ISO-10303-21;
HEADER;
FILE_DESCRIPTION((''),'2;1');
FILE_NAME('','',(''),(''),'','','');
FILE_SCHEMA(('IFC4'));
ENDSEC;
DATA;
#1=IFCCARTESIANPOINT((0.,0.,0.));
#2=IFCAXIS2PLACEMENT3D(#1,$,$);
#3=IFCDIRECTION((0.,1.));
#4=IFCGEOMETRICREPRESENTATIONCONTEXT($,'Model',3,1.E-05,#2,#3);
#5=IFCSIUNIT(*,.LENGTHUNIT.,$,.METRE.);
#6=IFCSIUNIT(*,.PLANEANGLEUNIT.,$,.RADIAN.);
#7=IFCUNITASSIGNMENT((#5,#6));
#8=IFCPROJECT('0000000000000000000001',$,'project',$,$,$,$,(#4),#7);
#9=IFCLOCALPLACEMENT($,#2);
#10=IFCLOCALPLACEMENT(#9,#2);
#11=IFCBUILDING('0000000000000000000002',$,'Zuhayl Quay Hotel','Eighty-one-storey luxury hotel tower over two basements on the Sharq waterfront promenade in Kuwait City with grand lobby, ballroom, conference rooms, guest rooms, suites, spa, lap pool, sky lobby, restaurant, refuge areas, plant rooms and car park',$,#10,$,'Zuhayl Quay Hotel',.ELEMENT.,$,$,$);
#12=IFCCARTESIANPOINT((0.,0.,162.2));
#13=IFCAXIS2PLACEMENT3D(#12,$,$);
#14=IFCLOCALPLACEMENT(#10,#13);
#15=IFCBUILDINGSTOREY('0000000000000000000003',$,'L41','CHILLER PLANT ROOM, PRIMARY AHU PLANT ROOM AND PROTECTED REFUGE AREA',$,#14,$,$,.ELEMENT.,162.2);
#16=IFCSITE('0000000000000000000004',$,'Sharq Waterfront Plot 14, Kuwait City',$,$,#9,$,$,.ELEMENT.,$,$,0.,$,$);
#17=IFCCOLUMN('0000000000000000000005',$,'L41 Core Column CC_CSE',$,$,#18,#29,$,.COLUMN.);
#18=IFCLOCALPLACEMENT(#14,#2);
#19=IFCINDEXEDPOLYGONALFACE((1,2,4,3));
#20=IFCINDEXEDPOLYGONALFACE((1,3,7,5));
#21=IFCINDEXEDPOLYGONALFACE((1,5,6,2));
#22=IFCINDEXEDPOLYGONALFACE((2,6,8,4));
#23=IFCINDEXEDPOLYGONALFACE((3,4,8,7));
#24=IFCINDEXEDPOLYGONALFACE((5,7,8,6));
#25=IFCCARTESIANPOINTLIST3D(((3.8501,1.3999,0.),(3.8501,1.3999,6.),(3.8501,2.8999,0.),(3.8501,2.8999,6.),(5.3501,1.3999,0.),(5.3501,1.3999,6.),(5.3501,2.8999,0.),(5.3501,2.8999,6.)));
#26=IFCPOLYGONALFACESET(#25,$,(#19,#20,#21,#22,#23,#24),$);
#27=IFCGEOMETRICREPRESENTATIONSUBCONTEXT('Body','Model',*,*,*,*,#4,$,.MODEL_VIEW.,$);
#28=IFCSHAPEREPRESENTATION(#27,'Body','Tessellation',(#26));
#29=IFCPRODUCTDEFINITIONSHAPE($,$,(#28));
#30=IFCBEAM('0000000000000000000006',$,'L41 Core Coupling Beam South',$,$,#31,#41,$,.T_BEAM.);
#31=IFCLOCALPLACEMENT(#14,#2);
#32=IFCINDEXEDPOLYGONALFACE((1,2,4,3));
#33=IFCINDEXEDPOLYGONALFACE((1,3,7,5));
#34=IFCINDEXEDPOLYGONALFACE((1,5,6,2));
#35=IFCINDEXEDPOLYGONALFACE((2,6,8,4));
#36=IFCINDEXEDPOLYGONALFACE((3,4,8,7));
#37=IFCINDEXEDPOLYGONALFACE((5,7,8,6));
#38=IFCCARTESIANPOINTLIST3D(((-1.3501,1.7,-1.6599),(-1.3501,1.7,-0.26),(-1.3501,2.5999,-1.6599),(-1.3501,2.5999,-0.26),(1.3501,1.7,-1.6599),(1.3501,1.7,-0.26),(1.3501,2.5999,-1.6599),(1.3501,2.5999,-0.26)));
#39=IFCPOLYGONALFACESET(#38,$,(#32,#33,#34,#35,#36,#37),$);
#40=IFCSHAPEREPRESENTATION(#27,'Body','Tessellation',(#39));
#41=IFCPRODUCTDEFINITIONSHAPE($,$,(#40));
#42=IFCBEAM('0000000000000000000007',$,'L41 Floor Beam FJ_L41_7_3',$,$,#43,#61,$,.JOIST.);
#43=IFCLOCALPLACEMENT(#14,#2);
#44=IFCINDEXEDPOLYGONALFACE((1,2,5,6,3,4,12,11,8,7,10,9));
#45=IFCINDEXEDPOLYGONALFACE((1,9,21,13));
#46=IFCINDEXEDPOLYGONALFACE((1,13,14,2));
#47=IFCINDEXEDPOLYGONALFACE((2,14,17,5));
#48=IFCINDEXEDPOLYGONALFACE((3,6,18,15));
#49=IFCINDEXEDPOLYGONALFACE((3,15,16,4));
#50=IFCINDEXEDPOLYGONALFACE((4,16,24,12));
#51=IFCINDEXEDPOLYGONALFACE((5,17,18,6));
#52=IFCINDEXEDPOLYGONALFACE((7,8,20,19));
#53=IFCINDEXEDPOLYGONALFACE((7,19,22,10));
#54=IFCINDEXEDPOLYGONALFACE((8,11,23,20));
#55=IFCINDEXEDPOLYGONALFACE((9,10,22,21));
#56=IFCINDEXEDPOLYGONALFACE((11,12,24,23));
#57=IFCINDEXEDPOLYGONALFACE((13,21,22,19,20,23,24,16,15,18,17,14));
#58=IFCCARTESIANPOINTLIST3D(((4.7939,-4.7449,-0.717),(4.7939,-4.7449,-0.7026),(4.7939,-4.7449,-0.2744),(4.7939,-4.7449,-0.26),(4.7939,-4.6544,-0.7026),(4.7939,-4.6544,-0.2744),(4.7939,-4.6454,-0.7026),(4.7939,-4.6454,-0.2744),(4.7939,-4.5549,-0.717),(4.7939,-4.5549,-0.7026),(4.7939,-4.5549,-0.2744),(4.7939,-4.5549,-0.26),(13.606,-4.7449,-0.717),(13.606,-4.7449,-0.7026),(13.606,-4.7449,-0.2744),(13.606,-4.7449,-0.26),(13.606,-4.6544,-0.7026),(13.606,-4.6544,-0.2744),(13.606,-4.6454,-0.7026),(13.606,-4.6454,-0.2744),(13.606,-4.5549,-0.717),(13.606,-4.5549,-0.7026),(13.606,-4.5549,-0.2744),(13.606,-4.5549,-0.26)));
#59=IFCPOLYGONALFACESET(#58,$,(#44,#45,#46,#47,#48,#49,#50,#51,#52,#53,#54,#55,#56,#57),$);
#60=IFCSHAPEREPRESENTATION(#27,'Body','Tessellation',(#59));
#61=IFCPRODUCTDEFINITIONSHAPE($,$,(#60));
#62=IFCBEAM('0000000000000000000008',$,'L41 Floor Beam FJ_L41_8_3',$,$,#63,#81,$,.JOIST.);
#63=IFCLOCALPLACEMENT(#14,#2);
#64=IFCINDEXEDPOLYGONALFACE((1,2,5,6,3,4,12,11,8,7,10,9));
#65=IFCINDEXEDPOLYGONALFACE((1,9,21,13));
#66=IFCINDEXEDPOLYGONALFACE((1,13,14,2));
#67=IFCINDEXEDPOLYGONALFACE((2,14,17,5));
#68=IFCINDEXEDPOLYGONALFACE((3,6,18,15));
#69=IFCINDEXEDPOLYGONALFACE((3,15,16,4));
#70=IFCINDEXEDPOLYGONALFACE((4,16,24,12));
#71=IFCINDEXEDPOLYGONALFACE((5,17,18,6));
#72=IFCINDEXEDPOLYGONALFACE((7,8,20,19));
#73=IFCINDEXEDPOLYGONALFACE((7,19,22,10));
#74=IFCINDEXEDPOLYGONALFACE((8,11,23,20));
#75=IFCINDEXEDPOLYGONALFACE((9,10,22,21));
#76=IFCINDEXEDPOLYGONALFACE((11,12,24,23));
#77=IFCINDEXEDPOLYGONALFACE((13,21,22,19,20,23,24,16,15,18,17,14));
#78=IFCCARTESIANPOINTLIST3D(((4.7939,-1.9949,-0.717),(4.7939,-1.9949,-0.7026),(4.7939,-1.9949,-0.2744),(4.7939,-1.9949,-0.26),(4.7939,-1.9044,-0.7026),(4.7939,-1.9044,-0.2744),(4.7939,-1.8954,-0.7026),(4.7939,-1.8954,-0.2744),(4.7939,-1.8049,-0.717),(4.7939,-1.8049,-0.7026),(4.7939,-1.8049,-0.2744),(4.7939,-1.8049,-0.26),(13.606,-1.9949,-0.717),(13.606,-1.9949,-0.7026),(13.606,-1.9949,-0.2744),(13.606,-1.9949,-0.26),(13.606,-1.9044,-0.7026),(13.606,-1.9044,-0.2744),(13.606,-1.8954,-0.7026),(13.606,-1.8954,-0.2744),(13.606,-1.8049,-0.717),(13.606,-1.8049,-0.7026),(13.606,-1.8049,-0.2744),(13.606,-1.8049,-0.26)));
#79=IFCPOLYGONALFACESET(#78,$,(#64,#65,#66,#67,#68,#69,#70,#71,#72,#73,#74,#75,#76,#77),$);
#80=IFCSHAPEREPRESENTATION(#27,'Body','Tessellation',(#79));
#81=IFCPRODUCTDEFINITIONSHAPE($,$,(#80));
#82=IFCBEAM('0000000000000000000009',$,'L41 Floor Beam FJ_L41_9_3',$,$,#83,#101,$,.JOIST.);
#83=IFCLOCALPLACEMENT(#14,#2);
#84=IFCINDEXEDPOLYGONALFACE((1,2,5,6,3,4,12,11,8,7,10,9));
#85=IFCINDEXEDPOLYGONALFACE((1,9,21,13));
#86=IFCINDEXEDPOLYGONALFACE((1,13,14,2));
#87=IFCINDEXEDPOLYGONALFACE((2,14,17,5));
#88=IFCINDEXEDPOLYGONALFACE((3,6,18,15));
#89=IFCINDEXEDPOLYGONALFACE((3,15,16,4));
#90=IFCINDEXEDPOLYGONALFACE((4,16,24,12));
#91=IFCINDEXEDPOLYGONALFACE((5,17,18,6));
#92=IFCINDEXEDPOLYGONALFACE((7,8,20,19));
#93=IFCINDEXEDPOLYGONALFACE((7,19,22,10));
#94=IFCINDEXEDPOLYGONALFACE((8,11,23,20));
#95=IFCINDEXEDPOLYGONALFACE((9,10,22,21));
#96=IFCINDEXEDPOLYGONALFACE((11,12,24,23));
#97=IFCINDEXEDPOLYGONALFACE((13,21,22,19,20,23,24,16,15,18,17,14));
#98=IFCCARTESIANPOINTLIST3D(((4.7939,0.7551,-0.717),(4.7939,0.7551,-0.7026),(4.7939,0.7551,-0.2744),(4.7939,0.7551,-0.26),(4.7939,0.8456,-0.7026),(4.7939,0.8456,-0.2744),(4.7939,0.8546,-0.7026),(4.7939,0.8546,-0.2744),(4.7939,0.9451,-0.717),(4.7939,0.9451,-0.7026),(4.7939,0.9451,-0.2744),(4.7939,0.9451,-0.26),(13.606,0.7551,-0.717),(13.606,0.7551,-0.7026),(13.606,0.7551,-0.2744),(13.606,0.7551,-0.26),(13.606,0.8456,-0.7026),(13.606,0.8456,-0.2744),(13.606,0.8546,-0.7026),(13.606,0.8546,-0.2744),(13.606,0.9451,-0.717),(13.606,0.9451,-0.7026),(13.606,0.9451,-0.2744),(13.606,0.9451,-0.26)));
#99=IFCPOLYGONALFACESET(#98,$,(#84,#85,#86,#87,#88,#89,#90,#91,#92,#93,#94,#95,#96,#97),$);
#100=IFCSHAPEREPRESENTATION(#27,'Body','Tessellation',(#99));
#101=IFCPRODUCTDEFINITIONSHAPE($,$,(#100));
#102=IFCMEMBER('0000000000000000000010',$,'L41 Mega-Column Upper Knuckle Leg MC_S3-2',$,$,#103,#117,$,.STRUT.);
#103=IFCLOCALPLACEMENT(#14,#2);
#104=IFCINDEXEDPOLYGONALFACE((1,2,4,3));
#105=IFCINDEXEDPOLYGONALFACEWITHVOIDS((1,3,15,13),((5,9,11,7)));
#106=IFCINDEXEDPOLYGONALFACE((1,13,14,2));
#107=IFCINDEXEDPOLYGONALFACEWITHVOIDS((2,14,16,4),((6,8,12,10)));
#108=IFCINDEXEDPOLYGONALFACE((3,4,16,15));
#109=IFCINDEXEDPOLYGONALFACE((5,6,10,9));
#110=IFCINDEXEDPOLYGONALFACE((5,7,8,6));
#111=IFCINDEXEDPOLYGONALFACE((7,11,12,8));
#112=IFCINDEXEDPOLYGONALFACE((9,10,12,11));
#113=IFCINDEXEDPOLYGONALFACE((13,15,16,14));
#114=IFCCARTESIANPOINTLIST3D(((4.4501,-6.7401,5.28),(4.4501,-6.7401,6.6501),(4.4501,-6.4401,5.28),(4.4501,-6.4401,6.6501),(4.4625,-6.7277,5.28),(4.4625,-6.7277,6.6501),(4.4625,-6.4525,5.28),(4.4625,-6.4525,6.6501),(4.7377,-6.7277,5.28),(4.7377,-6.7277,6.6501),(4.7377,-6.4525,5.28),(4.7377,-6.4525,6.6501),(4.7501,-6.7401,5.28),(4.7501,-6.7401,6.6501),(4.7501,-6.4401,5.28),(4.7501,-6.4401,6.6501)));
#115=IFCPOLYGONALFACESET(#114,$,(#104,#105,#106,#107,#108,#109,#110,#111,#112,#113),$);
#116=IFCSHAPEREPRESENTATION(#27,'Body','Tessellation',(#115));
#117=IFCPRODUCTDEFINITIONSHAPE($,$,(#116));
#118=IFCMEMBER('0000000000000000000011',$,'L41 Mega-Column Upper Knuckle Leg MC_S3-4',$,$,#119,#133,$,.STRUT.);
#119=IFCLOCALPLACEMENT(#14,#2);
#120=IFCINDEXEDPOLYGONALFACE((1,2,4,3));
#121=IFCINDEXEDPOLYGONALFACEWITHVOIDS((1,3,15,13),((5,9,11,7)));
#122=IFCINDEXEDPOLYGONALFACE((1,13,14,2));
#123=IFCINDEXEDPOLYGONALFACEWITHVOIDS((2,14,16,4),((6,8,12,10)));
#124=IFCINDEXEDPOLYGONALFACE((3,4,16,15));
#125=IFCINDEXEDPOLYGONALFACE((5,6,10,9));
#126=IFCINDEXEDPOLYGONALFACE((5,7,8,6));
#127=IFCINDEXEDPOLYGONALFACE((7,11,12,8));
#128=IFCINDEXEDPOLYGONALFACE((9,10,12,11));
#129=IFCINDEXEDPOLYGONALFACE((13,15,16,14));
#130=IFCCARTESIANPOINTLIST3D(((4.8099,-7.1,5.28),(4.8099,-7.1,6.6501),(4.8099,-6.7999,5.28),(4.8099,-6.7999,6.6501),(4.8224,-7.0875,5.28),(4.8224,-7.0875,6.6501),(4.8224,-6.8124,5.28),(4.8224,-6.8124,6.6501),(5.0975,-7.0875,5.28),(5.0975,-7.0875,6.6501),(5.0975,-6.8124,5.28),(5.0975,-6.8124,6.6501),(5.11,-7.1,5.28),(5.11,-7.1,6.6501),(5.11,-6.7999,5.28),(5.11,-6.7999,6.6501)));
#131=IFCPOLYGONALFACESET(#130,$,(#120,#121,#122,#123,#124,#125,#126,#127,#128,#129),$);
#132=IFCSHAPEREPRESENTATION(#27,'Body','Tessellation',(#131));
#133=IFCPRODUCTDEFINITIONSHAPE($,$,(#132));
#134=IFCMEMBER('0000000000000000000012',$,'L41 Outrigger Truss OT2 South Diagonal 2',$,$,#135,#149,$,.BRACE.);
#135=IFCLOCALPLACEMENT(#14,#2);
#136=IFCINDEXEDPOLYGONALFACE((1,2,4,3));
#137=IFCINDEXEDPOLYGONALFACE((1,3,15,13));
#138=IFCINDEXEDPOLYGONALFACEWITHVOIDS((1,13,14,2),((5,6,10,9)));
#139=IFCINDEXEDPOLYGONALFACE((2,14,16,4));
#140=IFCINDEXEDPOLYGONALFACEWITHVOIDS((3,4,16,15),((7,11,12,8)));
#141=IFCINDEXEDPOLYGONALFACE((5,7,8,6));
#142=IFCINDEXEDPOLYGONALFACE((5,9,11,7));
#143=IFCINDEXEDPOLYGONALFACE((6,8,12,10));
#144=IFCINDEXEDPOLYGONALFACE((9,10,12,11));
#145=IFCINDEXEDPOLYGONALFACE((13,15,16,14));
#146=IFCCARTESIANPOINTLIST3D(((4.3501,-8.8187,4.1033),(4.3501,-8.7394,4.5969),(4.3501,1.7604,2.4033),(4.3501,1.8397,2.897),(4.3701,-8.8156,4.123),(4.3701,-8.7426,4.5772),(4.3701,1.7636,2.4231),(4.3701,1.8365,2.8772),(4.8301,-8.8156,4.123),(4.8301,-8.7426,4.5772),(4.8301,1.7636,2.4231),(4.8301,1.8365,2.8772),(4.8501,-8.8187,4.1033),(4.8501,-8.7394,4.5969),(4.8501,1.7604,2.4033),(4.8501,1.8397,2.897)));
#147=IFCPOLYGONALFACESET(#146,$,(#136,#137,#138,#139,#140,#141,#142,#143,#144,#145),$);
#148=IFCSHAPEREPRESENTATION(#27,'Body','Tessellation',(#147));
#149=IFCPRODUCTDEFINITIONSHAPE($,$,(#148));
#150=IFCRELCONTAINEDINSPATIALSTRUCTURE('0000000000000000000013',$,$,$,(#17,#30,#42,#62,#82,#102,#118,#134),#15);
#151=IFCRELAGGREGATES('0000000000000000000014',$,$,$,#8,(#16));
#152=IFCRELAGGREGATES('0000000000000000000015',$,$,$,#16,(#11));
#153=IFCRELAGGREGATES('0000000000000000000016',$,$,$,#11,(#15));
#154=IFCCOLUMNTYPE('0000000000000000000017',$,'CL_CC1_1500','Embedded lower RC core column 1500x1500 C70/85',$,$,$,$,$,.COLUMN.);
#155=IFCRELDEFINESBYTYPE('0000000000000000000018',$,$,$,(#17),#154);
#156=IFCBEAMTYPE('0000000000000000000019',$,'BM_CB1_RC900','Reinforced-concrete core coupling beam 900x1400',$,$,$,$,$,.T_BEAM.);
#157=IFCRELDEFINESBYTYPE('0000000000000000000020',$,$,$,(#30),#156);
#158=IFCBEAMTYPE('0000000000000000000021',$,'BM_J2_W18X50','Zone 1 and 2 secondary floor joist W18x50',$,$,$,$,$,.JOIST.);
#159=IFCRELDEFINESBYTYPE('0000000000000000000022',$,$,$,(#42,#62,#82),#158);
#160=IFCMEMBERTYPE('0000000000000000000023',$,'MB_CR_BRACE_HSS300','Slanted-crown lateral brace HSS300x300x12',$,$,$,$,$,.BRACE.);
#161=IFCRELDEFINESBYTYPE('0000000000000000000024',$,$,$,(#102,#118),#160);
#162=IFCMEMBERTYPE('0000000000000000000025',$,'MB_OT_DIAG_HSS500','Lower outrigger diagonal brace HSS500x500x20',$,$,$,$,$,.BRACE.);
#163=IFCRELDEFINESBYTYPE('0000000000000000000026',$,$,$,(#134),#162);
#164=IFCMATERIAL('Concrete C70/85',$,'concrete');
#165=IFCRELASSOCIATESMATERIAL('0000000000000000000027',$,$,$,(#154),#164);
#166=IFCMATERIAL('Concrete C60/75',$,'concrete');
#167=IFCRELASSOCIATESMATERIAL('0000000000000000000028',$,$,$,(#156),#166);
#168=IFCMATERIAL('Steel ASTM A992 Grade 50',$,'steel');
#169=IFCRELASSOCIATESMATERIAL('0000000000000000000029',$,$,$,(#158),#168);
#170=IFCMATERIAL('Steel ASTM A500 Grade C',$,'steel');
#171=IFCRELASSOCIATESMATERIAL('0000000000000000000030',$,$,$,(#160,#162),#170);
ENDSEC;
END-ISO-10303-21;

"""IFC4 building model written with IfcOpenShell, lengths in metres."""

from ifc_helpers import new_model, si_unit, direction, frame, origin, origin_2d, place, context, subcontext, project, spatial, rectangle, hollow_rectangle, i_section, extrude, material, material_profile, profile_set, type_object, element, save


model = new_model("IFC4")

# Units and contexts
model_context = context("Model", 3, precision=1e-05, world=origin(), true_north=direction((0.0, 1.0)))
body_context = subcontext(model_context, "Body", "Model", "MODEL_VIEW")
ifc_project = project(units=[si_unit("LENGTHUNIT", "METRE"), si_unit("PLANEANGLEUNIT", "RADIAN")], contexts=[model_context])

# Site, building, storey
site_placement = place(None, origin())
site = spatial("IfcSite", under=ifc_project, at=site_placement, Name="Sharq Waterfront Plot 14, Kuwait City", CompositionType="ELEMENT", RefElevation=0.0)
building_placement = place(site_placement, origin())
building = spatial("IfcBuilding", under=site, at=building_placement, Name="Zuhayl Quay Hotel", Description="Eighty-one-storey luxury hotel tower over two basements on the Sharq waterfront promenade in Kuwait City with grand lobby, ballroom, conference rooms, guest rooms, suites, spa, lap pool, sky lobby, restaurant, refuge areas, plant rooms and car park", LongName="Zuhayl Quay Hotel", CompositionType="ELEMENT")
storey_placement = place(building_placement, frame((0.0, 0.0, 162.2)))
storey = spatial("IfcBuildingStorey", under=building, at=storey_placement, Name="L41", Description="CHILLER PLANT ROOM, PRIMARY AHU PLANT ROOM AND PROTECTED REFUGE AREA", CompositionType="ELEMENT", Elevation=162.2)

# Column
ifc_material_1 = material(Name="Concrete C70/85", Category="concrete")
ifc_material_profile_1 = material_profile(ifc_material_1, rectangle(XDim=1.5, YDim=1.5, at=origin_2d()), Name="RC1500X1500")
ifc_profile_set_1 = profile_set([ifc_material_profile_1], Name="Concrete C70/85")
column_type = type_object("IfcColumnType", Name="CL_CC1_1500", Description="Embedded lower RC core column 1500x1500 C70/85", PredefinedType="COLUMN", material=ifc_profile_set_1)
column_placement = place(storey_placement, frame((4.6001, 2.1499, 0.0), z_axis=(0.0, 0.0, 1.0), x_axis=(1.0, 0.0, 0.0)))
element("IfcColumn", 1, at=column_placement, inside=storey, type_object=column_type, Name="L41 Core Column CC_CSE", PredefinedType="COLUMN", context=body_context, shape_type="SweptSolid", body=[
    extrude(rectangle(XDim=1.5, YDim=1.5, at=origin_2d()), origin(), (0.0, 0.0, 1.0), 6.0),
])

# Beams
ifc_material_2 = material(Name="Concrete C60/75", Category="concrete")
ifc_material_profile_2 = material_profile(ifc_material_2, rectangle(XDim=0.8999, YDim=1.3999, at=origin_2d()), Name="RC900X1400")
ifc_profile_set_2 = profile_set([ifc_material_profile_2], Name="Concrete C60/75")
beam_type_1 = type_object("IfcBeamType", Name="BM_CB1_RC900", Description="Reinforced-concrete core coupling beam 900x1400", PredefinedType="T_BEAM", material=ifc_profile_set_2)
beam_placement = place(storey_placement, frame((-1.3501, 2.1499, -0.96), z_axis=(1.0, 0.0, 0.0), x_axis=(0.0, 1.0, 0.0)))
element("IfcBeam", 2, at=beam_placement, inside=storey, type_object=beam_type_1, Name="L41 Core Coupling Beam South", PredefinedType="T_BEAM", context=body_context, shape_type="SweptSolid", body=[
    extrude(rectangle(XDim=0.8999, YDim=1.3999, at=origin_2d()), origin(), (0.0, 0.0, 1.0), 2.7002),
])
ifc_material_3 = material(Name="Steel ASTM A992 Grade 50", Category="steel")
ifc_material_profile_3 = material_profile(ifc_material_3, i_section(OverallWidth=0.1899, OverallDepth=0.457, WebThickness=0.009, FlangeThickness=0.0144, at=origin_2d()), Name="W18X50")
ifc_profile_set_3 = profile_set([ifc_material_profile_3], Name="Steel ASTM A992 Grade 50")
beam_type_2 = type_object("IfcBeamType", Name="BM_J2_W18X50", Description="Zone 1 and 2 secondary floor joist W18x50", PredefinedType="JOIST", material=ifc_profile_set_3)
for number, where, z_axis, x_axis, name in (
    (3, (4.7939, -4.6499, -0.4885), (1.0, 0.0, 0.0), (0.0, 1.0, 0.0), "L41 Floor Beam FJ_L41_7_3"),
    (4, (4.7939, -1.8999, -0.4885), (1.0, 0.0, 0.0), (0.0, 1.0, 0.0), "L41 Floor Beam FJ_L41_8_3"),
    (5, (4.7939, 0.8501, -0.4885), (1.0, 0.0, 0.0), (0.0, 1.0, 0.0), "L41 Floor Beam FJ_L41_9_3"),
):
    element("IfcBeam", number, at=place(storey_placement, frame(where, z_axis=z_axis, x_axis=x_axis)), inside=storey, type_object=beam_type_2, Name=name, PredefinedType="JOIST", context=body_context, shape_type="SweptSolid", body=[
        extrude(i_section(OverallWidth=0.1899, OverallDepth=0.457, WebThickness=0.009, FlangeThickness=0.0144, at=origin_2d()), origin(), (0.0, 0.0, 1.0), 8.812),
    ])

# Members
ifc_material_4 = material(Name="Steel ASTM A500 Grade C", Category="steel")
ifc_material_profile_4 = material_profile(ifc_material_4, hollow_rectangle(XDim=0.3, YDim=0.3, WallThickness=0.0125, at=origin_2d()), Name="HSS300X300X12")
ifc_profile_set_4 = profile_set([ifc_material_profile_4], Name="Steel ASTM A500 Grade C")
member_type_1 = type_object("IfcMemberType", Name="MB_CR_BRACE_HSS300", Description="Slanted-crown lateral brace HSS300x300x12", PredefinedType="BRACE", material=ifc_profile_set_4)
for number, where, z_axis, x_axis, name in (
    (6, (4.6001, -6.5901, 5.28), (0.0, 0.0, 1.0), (1.0, 0.0, 0.0), "L41 Mega-Column Upper Knuckle Leg MC_S3-2"),
    (7, (4.96, -6.95, 5.28), (0.0, 0.0, 1.0), (1.0, 0.0, 0.0), "L41 Mega-Column Upper Knuckle Leg MC_S3-4"),
):
    element("IfcMember", number, at=place(storey_placement, frame(where, z_axis=z_axis, x_axis=x_axis)), inside=storey, type_object=member_type_1, Name=name, PredefinedType="STRUT", context=body_context, shape_type="SweptSolid", body=[
        extrude(hollow_rectangle(XDim=0.3, YDim=0.3, WallThickness=0.0125, at=origin_2d()), origin(), (0.0, 0.0, 1.0), 1.3701),
    ])
ifc_material_profile_5 = material_profile(ifc_material_4, hollow_rectangle(XDim=0.5, YDim=0.5, WallThickness=0.02, at=origin_2d()), Name="HSS500X500X20")
ifc_profile_set_5 = profile_set([ifc_material_profile_5], Name="Steel ASTM A500 Grade C")
member_type_2 = type_object("IfcMemberType", Name="MB_OT_DIAG_HSS500", Description="Lower outrigger diagonal brace HSS500x500x20", PredefinedType="BRACE", material=ifc_profile_set_5)
member_placement = place(storey_placement, frame((4.6001, 1.8, 2.6501), z_axis=(0.0, -0.987334, 0.158654), x_axis=(1.0, 0.0, 0.0)))
element("IfcMember", 8, at=member_placement, inside=storey, type_object=member_type_2, Name="L41 Outrigger Truss OT2 South Diagonal 2", PredefinedType="BRACE", context=body_context, shape_type="SweptSolid", body=[
    extrude(hollow_rectangle(XDim=0.5, YDim=0.5, WallThickness=0.02, at=origin_2d()), origin(), (0.0, 0.0, 1.0), 10.7148),
])

save(model, "model.ifc")
